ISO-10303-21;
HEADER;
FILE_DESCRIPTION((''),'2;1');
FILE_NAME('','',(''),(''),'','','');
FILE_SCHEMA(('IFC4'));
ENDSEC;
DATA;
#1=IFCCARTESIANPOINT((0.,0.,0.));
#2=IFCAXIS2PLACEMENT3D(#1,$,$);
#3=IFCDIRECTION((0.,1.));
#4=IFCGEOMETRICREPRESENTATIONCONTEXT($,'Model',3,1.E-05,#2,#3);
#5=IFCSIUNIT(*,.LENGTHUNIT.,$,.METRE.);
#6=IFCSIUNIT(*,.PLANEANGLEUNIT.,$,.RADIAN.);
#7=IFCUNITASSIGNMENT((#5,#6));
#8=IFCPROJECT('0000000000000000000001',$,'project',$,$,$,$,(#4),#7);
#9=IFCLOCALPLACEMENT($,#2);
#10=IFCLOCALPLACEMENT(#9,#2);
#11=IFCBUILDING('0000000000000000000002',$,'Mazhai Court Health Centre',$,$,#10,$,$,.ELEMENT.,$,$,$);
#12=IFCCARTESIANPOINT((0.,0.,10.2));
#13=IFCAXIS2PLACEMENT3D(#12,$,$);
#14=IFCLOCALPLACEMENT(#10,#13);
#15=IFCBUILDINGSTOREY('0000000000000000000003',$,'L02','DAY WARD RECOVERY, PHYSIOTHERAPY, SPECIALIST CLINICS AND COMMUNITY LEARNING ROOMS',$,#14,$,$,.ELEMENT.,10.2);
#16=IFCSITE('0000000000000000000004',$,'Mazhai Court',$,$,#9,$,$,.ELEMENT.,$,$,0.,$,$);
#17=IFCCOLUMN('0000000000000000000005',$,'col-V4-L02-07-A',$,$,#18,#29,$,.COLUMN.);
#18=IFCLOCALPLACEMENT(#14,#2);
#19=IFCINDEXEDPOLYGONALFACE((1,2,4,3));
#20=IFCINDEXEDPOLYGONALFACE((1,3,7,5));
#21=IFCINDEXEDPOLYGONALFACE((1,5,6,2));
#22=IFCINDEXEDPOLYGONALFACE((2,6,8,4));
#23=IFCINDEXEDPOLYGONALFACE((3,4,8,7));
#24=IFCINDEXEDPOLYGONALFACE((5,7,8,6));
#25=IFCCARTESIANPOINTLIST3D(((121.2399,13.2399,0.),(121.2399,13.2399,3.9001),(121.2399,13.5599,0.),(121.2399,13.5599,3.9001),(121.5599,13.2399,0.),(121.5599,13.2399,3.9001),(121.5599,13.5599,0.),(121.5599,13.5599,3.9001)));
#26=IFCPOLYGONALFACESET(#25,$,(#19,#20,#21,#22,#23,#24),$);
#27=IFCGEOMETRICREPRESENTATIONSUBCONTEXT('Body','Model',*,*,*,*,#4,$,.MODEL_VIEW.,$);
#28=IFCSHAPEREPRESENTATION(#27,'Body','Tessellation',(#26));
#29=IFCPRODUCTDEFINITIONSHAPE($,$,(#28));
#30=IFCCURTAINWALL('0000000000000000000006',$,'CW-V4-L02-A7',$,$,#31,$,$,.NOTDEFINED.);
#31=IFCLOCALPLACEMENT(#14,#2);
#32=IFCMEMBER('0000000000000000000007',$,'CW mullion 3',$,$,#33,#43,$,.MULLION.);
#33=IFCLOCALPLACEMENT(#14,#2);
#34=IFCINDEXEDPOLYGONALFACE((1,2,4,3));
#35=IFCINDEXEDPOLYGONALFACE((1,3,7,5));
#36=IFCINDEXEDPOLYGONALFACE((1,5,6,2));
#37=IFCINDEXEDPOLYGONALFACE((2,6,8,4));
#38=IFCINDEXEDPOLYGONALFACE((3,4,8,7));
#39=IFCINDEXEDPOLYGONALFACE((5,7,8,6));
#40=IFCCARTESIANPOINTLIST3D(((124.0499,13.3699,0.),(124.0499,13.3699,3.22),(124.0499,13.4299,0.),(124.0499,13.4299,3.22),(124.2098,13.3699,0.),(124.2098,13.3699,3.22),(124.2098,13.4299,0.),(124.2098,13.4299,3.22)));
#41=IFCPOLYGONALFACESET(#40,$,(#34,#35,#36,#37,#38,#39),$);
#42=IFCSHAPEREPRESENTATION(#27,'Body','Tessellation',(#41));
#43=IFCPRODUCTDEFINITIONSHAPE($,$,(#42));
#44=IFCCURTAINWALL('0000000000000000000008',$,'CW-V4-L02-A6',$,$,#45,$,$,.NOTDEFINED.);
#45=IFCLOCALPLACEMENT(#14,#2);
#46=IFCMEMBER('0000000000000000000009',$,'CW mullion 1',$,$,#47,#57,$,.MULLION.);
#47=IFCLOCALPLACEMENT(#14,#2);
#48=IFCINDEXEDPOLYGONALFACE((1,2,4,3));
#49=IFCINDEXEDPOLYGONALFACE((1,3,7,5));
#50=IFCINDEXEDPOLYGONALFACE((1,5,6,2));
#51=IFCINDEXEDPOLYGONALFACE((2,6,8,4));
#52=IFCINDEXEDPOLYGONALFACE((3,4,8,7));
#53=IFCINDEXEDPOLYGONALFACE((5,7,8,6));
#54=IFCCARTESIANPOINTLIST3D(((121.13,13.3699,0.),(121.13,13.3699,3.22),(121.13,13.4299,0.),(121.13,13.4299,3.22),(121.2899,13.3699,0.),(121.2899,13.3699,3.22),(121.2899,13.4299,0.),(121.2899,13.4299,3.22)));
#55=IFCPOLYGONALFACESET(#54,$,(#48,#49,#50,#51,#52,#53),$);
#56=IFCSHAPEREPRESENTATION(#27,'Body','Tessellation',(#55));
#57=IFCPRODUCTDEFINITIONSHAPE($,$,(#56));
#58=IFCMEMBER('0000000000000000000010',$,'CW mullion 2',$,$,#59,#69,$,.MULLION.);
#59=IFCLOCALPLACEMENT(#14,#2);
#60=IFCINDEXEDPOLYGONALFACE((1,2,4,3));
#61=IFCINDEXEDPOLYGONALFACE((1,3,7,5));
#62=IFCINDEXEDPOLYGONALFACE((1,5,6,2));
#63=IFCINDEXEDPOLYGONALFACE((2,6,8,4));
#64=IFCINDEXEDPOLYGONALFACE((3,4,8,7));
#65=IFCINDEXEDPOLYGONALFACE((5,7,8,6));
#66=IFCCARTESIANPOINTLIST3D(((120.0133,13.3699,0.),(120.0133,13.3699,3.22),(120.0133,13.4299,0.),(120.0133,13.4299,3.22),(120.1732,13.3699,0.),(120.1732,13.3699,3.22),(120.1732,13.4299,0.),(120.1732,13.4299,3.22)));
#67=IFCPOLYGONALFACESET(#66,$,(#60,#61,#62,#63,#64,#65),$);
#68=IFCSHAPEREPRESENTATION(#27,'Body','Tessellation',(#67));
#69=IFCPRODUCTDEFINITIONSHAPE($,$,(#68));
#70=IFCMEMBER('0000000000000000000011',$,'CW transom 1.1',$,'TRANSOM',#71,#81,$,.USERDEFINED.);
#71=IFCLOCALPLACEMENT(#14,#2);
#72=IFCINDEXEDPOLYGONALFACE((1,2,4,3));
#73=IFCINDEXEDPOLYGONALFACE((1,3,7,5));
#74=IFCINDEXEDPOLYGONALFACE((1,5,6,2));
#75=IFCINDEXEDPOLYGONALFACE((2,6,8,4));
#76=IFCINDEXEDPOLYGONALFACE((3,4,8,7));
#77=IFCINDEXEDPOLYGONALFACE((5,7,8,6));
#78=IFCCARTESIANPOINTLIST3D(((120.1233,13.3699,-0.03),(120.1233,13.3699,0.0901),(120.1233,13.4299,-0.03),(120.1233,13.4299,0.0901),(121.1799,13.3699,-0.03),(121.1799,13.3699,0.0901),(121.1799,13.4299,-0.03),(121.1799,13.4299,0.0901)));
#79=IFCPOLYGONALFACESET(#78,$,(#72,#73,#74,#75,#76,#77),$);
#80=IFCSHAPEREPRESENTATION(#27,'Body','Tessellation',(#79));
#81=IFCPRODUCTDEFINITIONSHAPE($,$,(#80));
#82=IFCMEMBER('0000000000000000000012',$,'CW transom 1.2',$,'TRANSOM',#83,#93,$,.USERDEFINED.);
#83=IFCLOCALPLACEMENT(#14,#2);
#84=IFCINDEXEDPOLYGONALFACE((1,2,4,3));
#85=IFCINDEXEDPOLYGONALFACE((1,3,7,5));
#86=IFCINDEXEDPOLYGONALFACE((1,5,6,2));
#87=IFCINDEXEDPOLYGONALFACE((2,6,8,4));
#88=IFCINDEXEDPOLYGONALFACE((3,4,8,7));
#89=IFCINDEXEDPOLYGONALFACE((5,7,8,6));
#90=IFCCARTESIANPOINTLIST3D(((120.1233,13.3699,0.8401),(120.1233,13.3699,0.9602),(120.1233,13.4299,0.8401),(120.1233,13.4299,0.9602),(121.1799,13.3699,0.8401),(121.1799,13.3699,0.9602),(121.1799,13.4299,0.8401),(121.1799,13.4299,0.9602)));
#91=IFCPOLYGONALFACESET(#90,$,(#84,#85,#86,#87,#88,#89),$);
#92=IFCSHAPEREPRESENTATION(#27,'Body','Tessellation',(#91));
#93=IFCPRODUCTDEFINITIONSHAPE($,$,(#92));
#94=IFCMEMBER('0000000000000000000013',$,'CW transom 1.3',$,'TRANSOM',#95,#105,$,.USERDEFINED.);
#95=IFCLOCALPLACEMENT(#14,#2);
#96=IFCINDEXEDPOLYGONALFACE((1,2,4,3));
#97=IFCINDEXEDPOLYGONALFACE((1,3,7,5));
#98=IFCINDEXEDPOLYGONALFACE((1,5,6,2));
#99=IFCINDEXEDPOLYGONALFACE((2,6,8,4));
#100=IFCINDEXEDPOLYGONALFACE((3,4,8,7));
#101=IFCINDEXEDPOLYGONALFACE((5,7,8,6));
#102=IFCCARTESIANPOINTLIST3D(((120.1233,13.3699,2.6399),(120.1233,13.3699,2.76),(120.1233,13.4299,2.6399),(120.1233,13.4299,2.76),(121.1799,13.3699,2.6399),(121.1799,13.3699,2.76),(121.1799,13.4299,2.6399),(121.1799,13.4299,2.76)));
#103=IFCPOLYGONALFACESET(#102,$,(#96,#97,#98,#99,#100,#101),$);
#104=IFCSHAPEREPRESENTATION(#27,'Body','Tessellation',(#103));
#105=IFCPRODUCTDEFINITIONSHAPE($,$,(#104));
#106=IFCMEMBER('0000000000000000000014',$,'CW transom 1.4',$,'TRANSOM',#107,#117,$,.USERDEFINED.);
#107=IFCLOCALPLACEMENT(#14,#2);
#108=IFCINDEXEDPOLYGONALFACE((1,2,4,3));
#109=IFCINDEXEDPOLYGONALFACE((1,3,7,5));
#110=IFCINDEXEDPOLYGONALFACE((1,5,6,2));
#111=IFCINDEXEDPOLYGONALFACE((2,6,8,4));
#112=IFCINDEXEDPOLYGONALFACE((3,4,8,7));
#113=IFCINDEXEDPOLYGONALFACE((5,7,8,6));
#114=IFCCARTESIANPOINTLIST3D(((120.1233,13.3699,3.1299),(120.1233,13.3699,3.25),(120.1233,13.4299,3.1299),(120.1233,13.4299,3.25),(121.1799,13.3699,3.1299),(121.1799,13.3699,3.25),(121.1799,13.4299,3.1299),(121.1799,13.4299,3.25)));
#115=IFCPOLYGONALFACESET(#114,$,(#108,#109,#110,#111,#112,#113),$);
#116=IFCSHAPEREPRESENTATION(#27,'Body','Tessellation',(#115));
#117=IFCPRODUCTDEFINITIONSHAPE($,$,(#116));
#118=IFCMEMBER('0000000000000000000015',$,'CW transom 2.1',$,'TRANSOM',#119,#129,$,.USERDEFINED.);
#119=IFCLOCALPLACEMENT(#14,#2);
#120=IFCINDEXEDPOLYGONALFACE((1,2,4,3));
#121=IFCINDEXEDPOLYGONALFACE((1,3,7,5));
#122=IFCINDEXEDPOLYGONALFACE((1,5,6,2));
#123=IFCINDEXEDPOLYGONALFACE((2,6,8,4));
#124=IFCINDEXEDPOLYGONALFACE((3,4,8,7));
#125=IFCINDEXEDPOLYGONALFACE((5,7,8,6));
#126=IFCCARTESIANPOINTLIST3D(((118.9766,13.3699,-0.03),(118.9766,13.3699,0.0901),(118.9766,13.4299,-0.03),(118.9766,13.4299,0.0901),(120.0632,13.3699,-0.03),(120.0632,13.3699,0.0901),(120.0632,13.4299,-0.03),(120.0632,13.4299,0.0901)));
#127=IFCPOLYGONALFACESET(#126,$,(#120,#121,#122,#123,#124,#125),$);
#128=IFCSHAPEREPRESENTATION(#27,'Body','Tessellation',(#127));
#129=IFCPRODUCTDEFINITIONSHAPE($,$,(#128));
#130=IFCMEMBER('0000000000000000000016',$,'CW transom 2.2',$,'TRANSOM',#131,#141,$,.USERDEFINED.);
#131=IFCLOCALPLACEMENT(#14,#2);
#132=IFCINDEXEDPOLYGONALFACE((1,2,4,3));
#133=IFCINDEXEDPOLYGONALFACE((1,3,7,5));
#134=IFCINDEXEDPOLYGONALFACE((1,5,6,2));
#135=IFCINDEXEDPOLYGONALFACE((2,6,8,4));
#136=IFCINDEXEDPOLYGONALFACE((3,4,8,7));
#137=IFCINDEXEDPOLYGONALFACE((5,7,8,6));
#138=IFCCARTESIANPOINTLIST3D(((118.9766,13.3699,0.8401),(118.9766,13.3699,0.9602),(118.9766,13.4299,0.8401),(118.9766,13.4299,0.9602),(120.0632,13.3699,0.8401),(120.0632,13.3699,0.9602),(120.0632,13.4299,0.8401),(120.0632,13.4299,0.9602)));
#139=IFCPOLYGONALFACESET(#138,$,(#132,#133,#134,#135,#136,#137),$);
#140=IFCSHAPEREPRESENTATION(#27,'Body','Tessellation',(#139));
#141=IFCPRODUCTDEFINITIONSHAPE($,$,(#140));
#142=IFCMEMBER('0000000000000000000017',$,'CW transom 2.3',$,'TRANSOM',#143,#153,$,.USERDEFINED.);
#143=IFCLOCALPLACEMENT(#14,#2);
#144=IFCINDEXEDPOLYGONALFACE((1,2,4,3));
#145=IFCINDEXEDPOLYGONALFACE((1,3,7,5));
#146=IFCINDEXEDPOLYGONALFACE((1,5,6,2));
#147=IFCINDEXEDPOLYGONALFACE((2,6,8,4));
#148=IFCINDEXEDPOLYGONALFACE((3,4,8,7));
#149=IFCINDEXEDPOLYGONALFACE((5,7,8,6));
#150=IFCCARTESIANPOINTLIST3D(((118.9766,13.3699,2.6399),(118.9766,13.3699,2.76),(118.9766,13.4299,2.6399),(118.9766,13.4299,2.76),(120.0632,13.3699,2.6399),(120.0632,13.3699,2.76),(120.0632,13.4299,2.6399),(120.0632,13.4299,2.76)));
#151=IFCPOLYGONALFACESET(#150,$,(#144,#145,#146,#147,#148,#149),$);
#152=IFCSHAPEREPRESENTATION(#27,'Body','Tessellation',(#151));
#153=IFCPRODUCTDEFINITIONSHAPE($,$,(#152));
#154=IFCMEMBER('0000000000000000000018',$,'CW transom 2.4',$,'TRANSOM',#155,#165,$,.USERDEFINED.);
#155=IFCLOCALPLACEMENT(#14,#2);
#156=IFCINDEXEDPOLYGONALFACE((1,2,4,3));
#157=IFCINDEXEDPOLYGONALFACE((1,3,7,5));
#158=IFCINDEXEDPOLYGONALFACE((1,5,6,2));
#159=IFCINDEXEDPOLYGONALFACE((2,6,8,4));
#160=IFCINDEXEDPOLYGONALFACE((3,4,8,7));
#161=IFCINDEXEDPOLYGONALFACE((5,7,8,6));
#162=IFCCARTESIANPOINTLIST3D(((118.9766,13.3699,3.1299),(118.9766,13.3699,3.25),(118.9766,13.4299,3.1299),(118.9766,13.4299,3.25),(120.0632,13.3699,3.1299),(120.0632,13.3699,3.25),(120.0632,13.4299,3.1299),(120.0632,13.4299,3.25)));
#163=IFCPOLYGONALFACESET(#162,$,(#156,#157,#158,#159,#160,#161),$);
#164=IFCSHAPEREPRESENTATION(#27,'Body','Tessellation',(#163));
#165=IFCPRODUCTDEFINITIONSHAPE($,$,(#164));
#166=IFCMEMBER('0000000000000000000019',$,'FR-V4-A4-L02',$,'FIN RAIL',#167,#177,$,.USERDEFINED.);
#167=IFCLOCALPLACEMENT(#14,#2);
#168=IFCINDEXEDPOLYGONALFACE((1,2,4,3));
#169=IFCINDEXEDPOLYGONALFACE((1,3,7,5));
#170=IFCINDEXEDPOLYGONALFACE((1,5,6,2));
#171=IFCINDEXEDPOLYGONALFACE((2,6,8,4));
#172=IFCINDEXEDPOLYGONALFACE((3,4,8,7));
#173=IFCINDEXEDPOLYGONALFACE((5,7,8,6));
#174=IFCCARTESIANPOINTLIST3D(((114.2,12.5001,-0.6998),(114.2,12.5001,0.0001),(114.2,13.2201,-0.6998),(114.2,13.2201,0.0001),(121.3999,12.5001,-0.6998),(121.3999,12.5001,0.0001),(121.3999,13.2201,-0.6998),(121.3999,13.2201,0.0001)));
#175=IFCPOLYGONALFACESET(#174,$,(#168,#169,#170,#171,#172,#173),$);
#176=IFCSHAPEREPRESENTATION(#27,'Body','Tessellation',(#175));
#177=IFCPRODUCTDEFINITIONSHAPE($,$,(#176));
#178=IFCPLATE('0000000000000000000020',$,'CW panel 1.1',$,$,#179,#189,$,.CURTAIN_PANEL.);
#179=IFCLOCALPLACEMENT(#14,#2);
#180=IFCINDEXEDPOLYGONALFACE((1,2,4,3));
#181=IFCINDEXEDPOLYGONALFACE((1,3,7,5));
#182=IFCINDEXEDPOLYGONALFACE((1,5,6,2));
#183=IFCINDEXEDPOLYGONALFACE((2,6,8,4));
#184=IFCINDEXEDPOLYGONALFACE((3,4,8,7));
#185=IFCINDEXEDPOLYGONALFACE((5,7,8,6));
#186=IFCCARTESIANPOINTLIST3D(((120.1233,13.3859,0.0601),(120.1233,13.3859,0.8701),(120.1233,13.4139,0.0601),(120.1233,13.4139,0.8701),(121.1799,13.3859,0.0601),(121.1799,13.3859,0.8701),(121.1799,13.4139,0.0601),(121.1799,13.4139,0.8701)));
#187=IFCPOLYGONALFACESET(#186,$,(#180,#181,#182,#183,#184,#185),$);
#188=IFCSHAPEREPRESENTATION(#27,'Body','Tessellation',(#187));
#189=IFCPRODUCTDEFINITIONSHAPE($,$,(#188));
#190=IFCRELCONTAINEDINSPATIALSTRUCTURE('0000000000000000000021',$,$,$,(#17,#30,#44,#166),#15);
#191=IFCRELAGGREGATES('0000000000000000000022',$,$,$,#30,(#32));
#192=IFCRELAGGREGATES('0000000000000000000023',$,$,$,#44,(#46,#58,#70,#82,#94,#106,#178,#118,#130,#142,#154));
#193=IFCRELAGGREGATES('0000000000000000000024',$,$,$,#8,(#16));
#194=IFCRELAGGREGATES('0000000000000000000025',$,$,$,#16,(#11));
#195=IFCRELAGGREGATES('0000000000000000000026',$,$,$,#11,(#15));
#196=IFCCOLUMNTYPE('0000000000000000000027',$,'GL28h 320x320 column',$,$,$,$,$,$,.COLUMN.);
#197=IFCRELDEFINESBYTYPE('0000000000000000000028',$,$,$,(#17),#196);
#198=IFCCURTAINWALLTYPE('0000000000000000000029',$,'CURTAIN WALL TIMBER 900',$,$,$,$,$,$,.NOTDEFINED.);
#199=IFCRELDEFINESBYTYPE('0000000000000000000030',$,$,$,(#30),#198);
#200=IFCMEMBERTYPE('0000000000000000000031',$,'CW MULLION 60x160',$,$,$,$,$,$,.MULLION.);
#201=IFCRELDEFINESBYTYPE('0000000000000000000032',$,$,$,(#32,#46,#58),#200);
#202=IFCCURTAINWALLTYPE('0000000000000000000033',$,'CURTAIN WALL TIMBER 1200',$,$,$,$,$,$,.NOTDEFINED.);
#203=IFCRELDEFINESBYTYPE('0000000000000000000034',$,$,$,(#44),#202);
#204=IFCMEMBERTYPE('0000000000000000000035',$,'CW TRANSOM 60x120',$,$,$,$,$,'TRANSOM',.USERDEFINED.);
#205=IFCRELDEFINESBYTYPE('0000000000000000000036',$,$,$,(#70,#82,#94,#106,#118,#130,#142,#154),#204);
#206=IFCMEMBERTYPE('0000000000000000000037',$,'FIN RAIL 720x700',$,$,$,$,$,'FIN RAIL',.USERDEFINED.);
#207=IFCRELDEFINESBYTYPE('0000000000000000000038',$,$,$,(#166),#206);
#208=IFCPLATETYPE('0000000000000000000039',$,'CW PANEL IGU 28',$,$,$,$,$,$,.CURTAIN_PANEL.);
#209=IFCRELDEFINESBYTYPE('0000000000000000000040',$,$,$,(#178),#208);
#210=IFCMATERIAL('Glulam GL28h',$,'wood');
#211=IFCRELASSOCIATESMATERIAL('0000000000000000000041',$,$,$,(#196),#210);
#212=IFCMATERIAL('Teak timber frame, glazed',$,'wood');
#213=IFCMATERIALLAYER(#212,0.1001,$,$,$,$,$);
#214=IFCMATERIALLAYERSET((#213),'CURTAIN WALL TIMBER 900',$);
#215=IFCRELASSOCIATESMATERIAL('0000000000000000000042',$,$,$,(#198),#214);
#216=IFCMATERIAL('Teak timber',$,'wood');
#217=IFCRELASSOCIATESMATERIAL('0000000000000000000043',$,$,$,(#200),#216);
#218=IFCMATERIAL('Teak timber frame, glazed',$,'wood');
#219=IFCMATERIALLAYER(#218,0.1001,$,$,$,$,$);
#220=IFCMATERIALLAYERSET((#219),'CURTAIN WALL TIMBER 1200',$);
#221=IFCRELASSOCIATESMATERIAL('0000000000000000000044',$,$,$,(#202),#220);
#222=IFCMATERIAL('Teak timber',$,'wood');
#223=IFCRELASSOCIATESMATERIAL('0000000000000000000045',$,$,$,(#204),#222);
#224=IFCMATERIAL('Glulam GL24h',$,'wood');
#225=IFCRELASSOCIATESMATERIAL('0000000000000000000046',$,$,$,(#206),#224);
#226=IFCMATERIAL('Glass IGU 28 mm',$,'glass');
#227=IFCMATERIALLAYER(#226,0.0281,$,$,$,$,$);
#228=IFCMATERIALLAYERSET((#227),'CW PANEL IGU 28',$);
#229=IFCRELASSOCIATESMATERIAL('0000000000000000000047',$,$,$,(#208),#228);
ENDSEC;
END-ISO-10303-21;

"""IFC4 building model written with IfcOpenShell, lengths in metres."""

from ifc_helpers import new_model, si_unit, direction, frame, origin, origin_2d, place, context, subcontext, project, spatial, rectangle, extrude, material, layer, layer_set, material_profile, profile_set, type_object, element, aggregate, save


model = new_model("IFC4")

# Units and contexts
model_context = context("Model", 3, precision=1e-05, world=origin(), true_north=direction((0.0, 1.0)))
body_context = subcontext(model_context, "Body", "Model", "MODEL_VIEW")
ifc_project = project(units=[si_unit("LENGTHUNIT", "METRE"), si_unit("PLANEANGLEUNIT", "RADIAN")], contexts=[model_context])

# Site, building, storey
site_placement = place(None, origin())
site = spatial("IfcSite", under=ifc_project, at=site_placement, Name="Mazhai Court", CompositionType="ELEMENT", RefElevation=0.0)
building_placement = place(site_placement, origin())
building = spatial("IfcBuilding", under=site, at=building_placement, Name="Mazhai Court Health Centre", CompositionType="ELEMENT")
storey_placement = place(building_placement, frame((0.0, 0.0, 10.2)))
storey = spatial("IfcBuildingStorey", under=building, at=storey_placement, Name="L02", Description="DAY WARD RECOVERY, PHYSIOTHERAPY, SPECIALIST CLINICS AND COMMUNITY LEARNING ROOMS", CompositionType="ELEMENT", Elevation=10.2)

# Column
ifc_material_1 = material(Name="Glulam GL28h", Category="wood")
ifc_material_profile_1 = material_profile(ifc_material_1, rectangle(XDim=0.3201, YDim=0.3201, at=origin_2d()), Name="GL28h 320x320")
ifc_profile_set_1 = profile_set([ifc_material_profile_1], Name="Glulam GL28h")
column_type = type_object("IfcColumnType", Name="GL28h 320x320 column", PredefinedType="COLUMN", material=ifc_profile_set_1)
column_placement = place(storey_placement, frame((121.3999, 13.3999, 0.0), z_axis=(0.0, 0.0, 1.0), x_axis=(1.0, 0.0, 0.0)))
element("IfcColumn", 1, at=column_placement, inside=storey, type_object=column_type, Name="col-V4-L02-07-A", PredefinedType="COLUMN", context=body_context, shape_type="SweptSolid", body=[
    extrude(rectangle(XDim=0.3201, YDim=0.3201, at=origin_2d()), origin(), (0.0, 0.0, 1.0), 3.9001),
])

# Curtain wall, member
ifc_material_2 = material(Name="Teak timber frame, glazed", Category="wood")
ifc_layer_1 = layer(ifc_material_2, 0.1001)
ifc_layer_set_1 = layer_set([ifc_layer_1], Name="CURTAIN WALL TIMBER 900")
curtain_wall_type_1 = type_object("IfcCurtainWallType", Name="CURTAIN WALL TIMBER 900", PredefinedType="NOTDEFINED", material=ifc_layer_set_1)
curtain_wall_1_placement = place(storey_placement, origin())
curtain_wall_1 = element("IfcCurtainWall", 2, at=curtain_wall_1_placement, inside=storey, type_object=curtain_wall_type_1, Name="CW-V4-L02-A7", PredefinedType="NOTDEFINED")
ifc_material_3 = material(Name="Teak timber", Category="wood")
ifc_material_profile_2 = material_profile(ifc_material_3, rectangle(XDim=0.0601, YDim=0.1599, at=origin_2d()), Name="CW MULLION 60x160")
ifc_profile_set_2 = profile_set([ifc_material_profile_2], Name="Teak timber")
member_type_1 = type_object("IfcMemberType", Name="CW MULLION 60x160", PredefinedType="MULLION", material=ifc_profile_set_2)
member_1_placement = place(storey_placement, frame((124.1299, 13.3999, 0.0), z_axis=(0.0, 0.0, 1.0), x_axis=(0.0, -1.0, 0.0)))
member_1 = element("IfcMember", 3, at=member_1_placement, type_object=member_type_1, Name="CW mullion 3", PredefinedType="MULLION", context=body_context, shape_type="SweptSolid", body=[
    extrude(rectangle(XDim=0.0601, YDim=0.1599, at=origin_2d()), origin(), (0.0, 0.0, 1.0), 3.22),
])
aggregate(curtain_wall_1, [member_1])

# Curtain wall, members
ifc_material_4 = material(Name="Teak timber frame, glazed", Category="wood")
ifc_layer_2 = layer(ifc_material_4, 0.1001)
ifc_layer_set_2 = layer_set([ifc_layer_2], Name="CURTAIN WALL TIMBER 1200")
curtain_wall_type_2 = type_object("IfcCurtainWallType", Name="CURTAIN WALL TIMBER 1200", PredefinedType="NOTDEFINED", material=ifc_layer_set_2)
curtain_wall_2_placement = place(storey_placement, origin())
curtain_wall_2 = element("IfcCurtainWall", 4, at=curtain_wall_2_placement, inside=storey, type_object=curtain_wall_type_2, Name="CW-V4-L02-A6", PredefinedType="NOTDEFINED")
member_2_placement = place(storey_placement, frame((121.21, 13.3999, 0.0), z_axis=(0.0, 0.0, 1.0), x_axis=(0.0, -1.0, 0.0)))
member_2 = element("IfcMember", 5, at=member_2_placement, type_object=member_type_1, Name="CW mullion 1", PredefinedType="MULLION", context=body_context, shape_type="SweptSolid", body=[
    extrude(rectangle(XDim=0.0601, YDim=0.1599, at=origin_2d()), origin(), (0.0, 0.0, 1.0), 3.22),
])
member_3_placement = place(storey_placement, frame((120.0933, 13.3999, 0.0), z_axis=(0.0, 0.0, 1.0), x_axis=(0.0, -1.0, 0.0)))
member_3 = element("IfcMember", 6, at=member_3_placement, type_object=member_type_1, Name="CW mullion 2", PredefinedType="MULLION", context=body_context, shape_type="SweptSolid", body=[
    extrude(rectangle(XDim=0.0601, YDim=0.1599, at=origin_2d()), origin(), (0.0, 0.0, 1.0), 3.22),
])
ifc_material_5 = material(Name="Teak timber", Category="wood")
ifc_material_profile_3 = material_profile(ifc_material_5, rectangle(XDim=0.0601, YDim=0.1201, at=origin_2d()), Name="CW TRANSOM 60x120")
ifc_profile_set_3 = profile_set([ifc_material_profile_3], Name="Teak timber")
member_type_2 = type_object("IfcMemberType", Name="CW TRANSOM 60x120", ElementType="TRANSOM", PredefinedType="USERDEFINED", material=ifc_profile_set_3)
member_4_placement = place(storey_placement, frame((121.1799, 13.3999, 0.03), z_axis=(-1.0, 0.0, 0.0), x_axis=(0.0, -1.0, 0.0)))
member_4 = element("IfcMember", 7, at=member_4_placement, type_object=member_type_2, Name="CW transom 1.1", ObjectType="TRANSOM", PredefinedType="USERDEFINED", context=body_context, shape_type="SweptSolid", body=[
    extrude(rectangle(XDim=0.0601, YDim=0.1201, at=origin_2d()), origin(), (0.0, 0.0, 1.0), 1.0566),
])
member_5_placement = place(storey_placement, frame((121.1799, 13.3999, 0.9001), z_axis=(-1.0, 0.0, 0.0), x_axis=(0.0, -1.0, 0.0)))
member_5 = element("IfcMember", 8, at=member_5_placement, type_object=member_type_2, Name="CW transom 1.2", ObjectType="TRANSOM", PredefinedType="USERDEFINED", context=body_context, shape_type="SweptSolid", body=[
    extrude(rectangle(XDim=0.0601, YDim=0.1201, at=origin_2d()), origin(), (0.0, 0.0, 1.0), 1.0566),
])
member_6_placement = place(storey_placement, frame((121.1799, 13.3999, 2.7), z_axis=(-1.0, 0.0, 0.0), x_axis=(0.0, -1.0, 0.0)))
member_6 = element("IfcMember", 9, at=member_6_placement, type_object=member_type_2, Name="CW transom 1.3", ObjectType="TRANSOM", PredefinedType="USERDEFINED", context=body_context, shape_type="SweptSolid", body=[
    extrude(rectangle(XDim=0.0601, YDim=0.1201, at=origin_2d()), origin(), (0.0, 0.0, 1.0), 1.0566),
])
member_7_placement = place(storey_placement, frame((121.1799, 13.3999, 3.1899), z_axis=(-1.0, 0.0, 0.0), x_axis=(0.0, -1.0, 0.0)))
member_7 = element("IfcMember", 10, at=member_7_placement, type_object=member_type_2, Name="CW transom 1.4", ObjectType="TRANSOM", PredefinedType="USERDEFINED", context=body_context, shape_type="SweptSolid", body=[
    extrude(rectangle(XDim=0.0601, YDim=0.1201, at=origin_2d()), origin(), (0.0, 0.0, 1.0), 1.0566),
])
member_8_placement = place(storey_placement, frame((120.0632, 13.3999, 0.03), z_axis=(-1.0, 0.0, 0.0), x_axis=(0.0, -1.0, 0.0)))
member_8 = element("IfcMember", 11, at=member_8_placement, type_object=member_type_2, Name="CW transom 2.1", ObjectType="TRANSOM", PredefinedType="USERDEFINED", context=body_context, shape_type="SweptSolid", body=[
    extrude(rectangle(XDim=0.0601, YDim=0.1201, at=origin_2d()), origin(), (0.0, 0.0, 1.0), 1.0867),
])
member_9_placement = place(storey_placement, frame((120.0632, 13.3999, 0.9001), z_axis=(-1.0, 0.0, 0.0), x_axis=(0.0, -1.0, 0.0)))
member_9 = element("IfcMember", 12, at=member_9_placement, type_object=member_type_2, Name="CW transom 2.2", ObjectType="TRANSOM", PredefinedType="USERDEFINED", context=body_context, shape_type="SweptSolid", body=[
    extrude(rectangle(XDim=0.0601, YDim=0.1201, at=origin_2d()), origin(), (0.0, 0.0, 1.0), 1.0867),
])
member_10_placement = place(storey_placement, frame((120.0632, 13.3999, 2.7), z_axis=(-1.0, 0.0, 0.0), x_axis=(0.0, -1.0, 0.0)))
member_10 = element("IfcMember", 13, at=member_10_placement, type_object=member_type_2, Name="CW transom 2.3", ObjectType="TRANSOM", PredefinedType="USERDEFINED", context=body_context, shape_type="SweptSolid", body=[
    extrude(rectangle(XDim=0.0601, YDim=0.1201, at=origin_2d()), origin(), (0.0, 0.0, 1.0), 1.0867),
])
member_11_placement = place(storey_placement, frame((120.0632, 13.3999, 3.1899), z_axis=(-1.0, 0.0, 0.0), x_axis=(0.0, -1.0, 0.0)))
member_11 = element("IfcMember", 14, at=member_11_placement, type_object=member_type_2, Name="CW transom 2.4", ObjectType="TRANSOM", PredefinedType="USERDEFINED", context=body_context, shape_type="SweptSolid", body=[
    extrude(rectangle(XDim=0.0601, YDim=0.1201, at=origin_2d()), origin(), (0.0, 0.0, 1.0), 1.0867),
])

# Member
ifc_material_6 = material(Name="Glulam GL24h", Category="wood")
ifc_material_profile_4 = material_profile(ifc_material_6, rectangle(XDim=0.72, YDim=0.7, at=origin_2d()), Name="FIN RAIL 720x700")
ifc_profile_set_4 = profile_set([ifc_material_profile_4], Name="Glulam GL24h")
member_type_3 = type_object("IfcMemberType", Name="FIN RAIL 720x700", ElementType="FIN RAIL", PredefinedType="USERDEFINED", material=ifc_profile_set_4)
member_12_placement = place(storey_placement, frame((121.3999, 12.8601, -0.3499), z_axis=(-1.0, 0.0, 0.0), x_axis=(0.0, -1.0, 0.0)))
element("IfcMember", 15, at=member_12_placement, inside=storey, type_object=member_type_3, Name="FR-V4-A4-L02", ObjectType="FIN RAIL", PredefinedType="USERDEFINED", context=body_context, shape_type="SweptSolid", body=[
    extrude(rectangle(XDim=0.72, YDim=0.7, at=origin_2d()), origin(), (0.0, 0.0, 1.0), 7.2),
])

# Plate
ifc_material_7 = material(Name="Glass IGU 28 mm", Category="glass")
ifc_layer_3 = layer(ifc_material_7, 0.0281)
ifc_layer_set_3 = layer_set([ifc_layer_3], Name="CW PANEL IGU 28")
plate_type = type_object("IfcPlateType", Name="CW PANEL IGU 28", PredefinedType="CURTAIN_PANEL", material=ifc_layer_set_3)
plate_1_placement = place(storey_placement, frame((120.6516, 13.3999, 0.0601), z_axis=(0.0, 0.0, 1.0), x_axis=(-1.0, 0.0, 0.0)))
plate_1 = element("IfcPlate", 16, at=plate_1_placement, type_object=plate_type, Name="CW panel 1.1", PredefinedType="CURTAIN_PANEL", context=body_context, shape_type="SweptSolid", body=[
    extrude(rectangle(XDim=1.0566, YDim=0.0281, at=origin_2d()), origin(), (0.0, 0.0, 1.0), 0.8101),
])
aggregate(curtain_wall_2, [member_2, member_3, member_4, member_5, member_6, member_7, plate_1, member_8, member_9, member_10, member_11])

save(model, "model.ifc")
